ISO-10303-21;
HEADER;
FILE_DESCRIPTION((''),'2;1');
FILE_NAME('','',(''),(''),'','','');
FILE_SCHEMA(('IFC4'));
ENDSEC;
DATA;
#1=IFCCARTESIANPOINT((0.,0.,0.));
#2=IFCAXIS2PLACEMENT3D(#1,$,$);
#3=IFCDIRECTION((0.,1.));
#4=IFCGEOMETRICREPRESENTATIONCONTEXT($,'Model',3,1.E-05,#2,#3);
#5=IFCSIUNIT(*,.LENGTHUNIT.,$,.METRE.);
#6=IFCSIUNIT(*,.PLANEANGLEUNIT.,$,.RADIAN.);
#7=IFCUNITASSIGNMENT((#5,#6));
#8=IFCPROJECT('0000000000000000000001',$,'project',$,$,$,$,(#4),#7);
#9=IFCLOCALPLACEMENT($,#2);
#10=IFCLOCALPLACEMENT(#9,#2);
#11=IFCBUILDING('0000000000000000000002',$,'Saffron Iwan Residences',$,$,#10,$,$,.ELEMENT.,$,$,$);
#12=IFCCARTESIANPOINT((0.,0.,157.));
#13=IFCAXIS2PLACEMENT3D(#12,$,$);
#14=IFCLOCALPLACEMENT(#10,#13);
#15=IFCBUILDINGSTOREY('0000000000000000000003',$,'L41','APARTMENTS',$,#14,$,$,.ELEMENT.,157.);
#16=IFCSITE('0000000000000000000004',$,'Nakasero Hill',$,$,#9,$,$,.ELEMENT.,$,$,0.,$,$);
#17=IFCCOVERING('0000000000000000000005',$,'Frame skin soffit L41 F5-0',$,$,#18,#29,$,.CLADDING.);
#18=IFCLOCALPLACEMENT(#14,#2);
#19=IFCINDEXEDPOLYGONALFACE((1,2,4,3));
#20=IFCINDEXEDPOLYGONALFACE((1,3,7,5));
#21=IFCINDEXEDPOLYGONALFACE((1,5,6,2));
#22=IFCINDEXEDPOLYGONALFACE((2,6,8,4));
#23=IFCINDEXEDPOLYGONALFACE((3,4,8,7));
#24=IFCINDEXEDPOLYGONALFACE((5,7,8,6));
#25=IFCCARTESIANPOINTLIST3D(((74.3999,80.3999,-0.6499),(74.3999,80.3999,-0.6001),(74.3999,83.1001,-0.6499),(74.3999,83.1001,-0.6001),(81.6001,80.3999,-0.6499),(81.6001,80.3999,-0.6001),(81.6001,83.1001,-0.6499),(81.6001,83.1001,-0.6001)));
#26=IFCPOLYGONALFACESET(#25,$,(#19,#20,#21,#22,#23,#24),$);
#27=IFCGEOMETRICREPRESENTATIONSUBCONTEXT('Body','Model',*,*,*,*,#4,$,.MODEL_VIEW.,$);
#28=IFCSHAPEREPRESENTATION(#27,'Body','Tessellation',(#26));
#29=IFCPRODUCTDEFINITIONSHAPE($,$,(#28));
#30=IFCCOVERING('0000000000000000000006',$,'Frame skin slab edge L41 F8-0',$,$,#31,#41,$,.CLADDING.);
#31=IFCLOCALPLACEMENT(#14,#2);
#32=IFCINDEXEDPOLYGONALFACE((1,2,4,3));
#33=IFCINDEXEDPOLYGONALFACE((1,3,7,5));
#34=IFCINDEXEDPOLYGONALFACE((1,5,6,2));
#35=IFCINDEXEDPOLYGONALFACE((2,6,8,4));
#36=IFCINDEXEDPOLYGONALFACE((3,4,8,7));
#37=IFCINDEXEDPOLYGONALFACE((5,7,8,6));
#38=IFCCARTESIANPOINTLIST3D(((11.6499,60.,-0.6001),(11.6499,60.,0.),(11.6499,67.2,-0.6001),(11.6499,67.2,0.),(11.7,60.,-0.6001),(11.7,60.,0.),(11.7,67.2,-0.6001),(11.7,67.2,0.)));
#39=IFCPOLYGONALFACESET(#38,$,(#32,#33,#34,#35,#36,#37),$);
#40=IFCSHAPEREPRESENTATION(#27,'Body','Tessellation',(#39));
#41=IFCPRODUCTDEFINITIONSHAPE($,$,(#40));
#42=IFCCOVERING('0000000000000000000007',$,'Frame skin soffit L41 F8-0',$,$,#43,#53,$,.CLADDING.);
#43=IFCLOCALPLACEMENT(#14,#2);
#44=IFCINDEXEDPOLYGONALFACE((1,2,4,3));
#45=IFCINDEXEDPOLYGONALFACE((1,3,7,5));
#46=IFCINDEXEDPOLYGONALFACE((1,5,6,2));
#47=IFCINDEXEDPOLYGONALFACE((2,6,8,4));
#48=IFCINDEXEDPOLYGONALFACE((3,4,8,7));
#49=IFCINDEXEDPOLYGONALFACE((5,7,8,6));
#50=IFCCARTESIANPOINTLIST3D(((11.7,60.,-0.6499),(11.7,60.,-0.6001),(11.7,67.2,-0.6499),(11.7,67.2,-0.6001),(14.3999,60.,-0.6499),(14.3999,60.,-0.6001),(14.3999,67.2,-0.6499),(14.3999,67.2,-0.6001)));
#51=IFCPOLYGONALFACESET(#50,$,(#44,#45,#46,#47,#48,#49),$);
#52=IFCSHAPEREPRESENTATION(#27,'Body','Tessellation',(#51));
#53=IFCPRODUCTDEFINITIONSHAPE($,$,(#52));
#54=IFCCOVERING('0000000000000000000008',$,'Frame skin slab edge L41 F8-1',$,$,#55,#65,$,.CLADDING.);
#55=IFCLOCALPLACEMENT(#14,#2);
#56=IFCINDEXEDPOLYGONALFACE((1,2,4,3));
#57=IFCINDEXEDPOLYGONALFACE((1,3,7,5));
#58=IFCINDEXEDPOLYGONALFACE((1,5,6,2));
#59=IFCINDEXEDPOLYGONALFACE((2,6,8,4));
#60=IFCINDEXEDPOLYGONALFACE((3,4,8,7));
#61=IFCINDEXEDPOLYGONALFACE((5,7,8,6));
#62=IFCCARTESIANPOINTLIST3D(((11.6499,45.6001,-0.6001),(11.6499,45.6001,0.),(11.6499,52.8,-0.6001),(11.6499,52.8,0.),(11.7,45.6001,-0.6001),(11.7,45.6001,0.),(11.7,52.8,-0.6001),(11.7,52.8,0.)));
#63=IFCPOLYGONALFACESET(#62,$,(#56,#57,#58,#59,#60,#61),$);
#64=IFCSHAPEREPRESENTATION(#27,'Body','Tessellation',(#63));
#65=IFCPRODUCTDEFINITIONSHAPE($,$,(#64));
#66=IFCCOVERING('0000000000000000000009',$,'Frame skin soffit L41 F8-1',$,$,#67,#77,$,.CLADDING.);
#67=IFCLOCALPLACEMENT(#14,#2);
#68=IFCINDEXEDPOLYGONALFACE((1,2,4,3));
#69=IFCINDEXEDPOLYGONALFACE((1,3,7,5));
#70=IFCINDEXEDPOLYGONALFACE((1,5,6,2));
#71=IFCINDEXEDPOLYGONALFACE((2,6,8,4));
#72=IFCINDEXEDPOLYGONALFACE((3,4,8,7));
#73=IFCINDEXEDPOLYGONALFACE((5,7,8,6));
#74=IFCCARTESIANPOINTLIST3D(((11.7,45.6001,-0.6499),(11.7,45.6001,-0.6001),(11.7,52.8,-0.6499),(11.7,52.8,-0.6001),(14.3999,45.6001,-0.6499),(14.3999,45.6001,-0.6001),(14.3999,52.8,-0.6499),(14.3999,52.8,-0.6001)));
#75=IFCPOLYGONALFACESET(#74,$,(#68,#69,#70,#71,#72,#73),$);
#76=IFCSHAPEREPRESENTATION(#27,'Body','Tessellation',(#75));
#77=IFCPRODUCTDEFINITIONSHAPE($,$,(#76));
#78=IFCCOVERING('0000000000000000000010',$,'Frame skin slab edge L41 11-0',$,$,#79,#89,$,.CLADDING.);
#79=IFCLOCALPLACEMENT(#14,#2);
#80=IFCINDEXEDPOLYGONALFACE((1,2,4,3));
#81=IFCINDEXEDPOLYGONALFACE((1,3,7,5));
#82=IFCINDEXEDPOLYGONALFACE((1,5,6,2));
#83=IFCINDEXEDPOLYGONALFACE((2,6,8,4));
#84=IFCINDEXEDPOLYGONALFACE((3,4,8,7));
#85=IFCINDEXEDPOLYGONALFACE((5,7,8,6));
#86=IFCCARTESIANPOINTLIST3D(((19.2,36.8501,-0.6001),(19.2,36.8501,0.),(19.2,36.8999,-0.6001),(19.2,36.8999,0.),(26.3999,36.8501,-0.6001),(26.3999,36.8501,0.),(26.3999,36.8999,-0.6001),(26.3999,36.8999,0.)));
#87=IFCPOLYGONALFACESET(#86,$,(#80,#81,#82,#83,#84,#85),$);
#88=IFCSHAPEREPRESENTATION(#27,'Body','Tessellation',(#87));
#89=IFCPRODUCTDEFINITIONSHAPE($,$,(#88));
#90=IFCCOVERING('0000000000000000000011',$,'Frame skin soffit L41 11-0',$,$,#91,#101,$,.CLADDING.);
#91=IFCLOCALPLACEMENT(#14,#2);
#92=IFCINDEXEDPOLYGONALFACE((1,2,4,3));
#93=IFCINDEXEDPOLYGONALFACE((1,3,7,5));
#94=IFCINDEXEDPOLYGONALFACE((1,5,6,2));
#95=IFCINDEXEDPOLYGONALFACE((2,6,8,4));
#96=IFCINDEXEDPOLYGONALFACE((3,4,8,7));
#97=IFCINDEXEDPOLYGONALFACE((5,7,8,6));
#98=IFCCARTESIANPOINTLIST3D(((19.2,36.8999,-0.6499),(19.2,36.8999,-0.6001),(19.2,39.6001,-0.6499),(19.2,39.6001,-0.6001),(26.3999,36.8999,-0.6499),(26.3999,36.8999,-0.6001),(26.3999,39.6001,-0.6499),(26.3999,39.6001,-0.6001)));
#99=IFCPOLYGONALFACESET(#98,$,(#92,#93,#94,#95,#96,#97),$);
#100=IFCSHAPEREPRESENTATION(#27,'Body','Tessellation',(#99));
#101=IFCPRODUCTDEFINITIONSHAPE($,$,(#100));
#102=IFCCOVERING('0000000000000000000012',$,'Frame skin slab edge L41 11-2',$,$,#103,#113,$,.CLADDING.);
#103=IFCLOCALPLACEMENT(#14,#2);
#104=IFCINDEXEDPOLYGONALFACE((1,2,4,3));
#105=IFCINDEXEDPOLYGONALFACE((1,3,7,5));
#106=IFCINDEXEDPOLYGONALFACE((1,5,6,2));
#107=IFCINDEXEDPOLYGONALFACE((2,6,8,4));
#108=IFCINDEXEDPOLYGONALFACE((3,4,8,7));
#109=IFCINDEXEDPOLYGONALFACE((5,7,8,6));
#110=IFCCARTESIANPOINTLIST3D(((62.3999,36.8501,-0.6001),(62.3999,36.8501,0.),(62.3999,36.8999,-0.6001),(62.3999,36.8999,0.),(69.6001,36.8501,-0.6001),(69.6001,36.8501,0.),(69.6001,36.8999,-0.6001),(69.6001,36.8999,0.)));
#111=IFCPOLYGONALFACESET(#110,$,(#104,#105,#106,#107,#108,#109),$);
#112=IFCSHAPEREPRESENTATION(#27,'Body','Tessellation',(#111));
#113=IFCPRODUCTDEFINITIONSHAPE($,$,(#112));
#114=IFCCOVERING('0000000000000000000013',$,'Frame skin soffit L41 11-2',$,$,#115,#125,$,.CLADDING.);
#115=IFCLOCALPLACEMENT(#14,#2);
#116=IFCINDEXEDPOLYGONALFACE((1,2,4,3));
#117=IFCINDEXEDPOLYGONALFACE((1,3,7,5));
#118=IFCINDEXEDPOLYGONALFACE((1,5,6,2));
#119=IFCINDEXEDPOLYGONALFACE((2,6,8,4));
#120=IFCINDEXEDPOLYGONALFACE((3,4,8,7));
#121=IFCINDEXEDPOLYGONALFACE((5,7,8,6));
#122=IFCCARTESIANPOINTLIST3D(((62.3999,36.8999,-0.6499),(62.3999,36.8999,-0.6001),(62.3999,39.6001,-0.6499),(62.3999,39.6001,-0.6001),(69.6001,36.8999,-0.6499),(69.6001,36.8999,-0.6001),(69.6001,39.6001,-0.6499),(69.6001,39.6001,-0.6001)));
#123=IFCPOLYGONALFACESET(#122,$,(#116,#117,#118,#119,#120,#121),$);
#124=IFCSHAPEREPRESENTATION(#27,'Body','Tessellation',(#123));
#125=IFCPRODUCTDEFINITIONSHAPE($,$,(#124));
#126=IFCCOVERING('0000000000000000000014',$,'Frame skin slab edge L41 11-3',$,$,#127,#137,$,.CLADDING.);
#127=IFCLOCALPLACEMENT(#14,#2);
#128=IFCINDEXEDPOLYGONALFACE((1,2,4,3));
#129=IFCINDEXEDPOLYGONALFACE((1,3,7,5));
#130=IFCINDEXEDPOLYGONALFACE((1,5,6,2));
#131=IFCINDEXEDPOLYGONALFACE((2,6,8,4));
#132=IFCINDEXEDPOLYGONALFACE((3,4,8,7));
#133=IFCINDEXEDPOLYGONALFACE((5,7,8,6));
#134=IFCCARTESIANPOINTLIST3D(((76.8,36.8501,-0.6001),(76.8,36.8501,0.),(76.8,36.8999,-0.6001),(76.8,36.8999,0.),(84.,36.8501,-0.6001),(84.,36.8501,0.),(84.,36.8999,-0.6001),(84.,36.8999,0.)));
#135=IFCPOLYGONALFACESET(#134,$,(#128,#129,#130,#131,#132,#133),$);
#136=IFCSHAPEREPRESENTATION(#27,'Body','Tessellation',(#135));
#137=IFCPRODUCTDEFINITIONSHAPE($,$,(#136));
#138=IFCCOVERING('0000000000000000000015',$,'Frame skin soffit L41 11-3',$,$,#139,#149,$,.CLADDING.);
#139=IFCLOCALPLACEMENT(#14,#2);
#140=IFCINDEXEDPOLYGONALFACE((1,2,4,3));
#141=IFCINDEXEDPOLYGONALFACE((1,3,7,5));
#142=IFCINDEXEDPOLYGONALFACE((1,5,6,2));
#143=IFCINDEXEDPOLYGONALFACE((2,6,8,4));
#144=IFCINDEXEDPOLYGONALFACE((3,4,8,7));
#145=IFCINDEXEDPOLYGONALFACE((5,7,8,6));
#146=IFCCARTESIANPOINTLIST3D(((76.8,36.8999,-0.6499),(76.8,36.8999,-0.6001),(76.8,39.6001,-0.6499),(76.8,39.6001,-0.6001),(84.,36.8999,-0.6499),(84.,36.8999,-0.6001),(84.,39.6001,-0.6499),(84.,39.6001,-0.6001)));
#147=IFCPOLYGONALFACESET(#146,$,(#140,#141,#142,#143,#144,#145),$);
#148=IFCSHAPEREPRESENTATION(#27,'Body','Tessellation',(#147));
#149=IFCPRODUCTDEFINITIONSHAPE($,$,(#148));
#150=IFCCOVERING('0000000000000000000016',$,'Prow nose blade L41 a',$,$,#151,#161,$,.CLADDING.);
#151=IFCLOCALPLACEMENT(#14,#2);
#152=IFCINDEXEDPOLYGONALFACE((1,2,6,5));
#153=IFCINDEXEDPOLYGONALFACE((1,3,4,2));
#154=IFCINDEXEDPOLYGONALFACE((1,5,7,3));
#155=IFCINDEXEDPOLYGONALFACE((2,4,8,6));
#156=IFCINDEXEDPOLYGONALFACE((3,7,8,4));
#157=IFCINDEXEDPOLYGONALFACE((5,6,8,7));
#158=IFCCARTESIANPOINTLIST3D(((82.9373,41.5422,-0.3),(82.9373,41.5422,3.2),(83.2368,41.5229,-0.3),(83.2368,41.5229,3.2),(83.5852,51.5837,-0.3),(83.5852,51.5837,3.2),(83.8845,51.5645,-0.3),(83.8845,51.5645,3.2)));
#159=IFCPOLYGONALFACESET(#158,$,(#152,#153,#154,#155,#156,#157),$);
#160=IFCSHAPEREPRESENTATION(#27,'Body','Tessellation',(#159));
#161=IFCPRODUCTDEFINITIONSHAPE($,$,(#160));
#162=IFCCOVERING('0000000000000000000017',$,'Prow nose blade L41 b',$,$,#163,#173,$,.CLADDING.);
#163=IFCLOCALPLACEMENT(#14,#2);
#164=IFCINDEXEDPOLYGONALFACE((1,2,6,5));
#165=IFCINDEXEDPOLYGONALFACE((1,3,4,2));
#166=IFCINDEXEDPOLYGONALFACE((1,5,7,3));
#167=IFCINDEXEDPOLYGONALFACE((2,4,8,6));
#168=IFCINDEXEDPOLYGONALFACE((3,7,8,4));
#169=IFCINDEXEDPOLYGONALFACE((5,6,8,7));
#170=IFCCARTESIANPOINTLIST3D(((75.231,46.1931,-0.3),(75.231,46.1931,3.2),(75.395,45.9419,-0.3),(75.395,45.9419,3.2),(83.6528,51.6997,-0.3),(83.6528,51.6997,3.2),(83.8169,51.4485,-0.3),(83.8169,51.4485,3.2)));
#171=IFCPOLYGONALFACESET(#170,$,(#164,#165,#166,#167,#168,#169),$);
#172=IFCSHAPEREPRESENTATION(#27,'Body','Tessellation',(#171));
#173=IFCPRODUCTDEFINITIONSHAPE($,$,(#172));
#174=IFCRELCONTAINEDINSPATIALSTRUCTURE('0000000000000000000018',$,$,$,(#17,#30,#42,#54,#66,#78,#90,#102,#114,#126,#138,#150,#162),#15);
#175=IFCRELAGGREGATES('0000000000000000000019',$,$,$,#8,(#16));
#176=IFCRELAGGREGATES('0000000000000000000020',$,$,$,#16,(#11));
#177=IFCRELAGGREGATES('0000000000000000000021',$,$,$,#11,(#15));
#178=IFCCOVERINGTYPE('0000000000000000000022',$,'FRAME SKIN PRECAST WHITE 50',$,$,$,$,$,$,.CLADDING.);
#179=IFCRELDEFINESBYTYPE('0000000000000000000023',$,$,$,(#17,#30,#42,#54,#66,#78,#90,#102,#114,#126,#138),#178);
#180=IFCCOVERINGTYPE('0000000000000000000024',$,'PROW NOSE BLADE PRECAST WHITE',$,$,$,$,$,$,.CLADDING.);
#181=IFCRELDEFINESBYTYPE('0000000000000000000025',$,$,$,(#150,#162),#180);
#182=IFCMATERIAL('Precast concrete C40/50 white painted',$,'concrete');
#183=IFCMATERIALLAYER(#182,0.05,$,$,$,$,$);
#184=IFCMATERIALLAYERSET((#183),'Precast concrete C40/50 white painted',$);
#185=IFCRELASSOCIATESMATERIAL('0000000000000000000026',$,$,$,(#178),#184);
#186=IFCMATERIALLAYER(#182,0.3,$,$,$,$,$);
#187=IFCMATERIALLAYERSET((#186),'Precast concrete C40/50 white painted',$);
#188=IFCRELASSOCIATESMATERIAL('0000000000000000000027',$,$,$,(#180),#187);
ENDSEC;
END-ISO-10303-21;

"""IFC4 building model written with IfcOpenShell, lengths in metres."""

from ifc_helpers import new_model, si_unit, direction, frame, origin, place, context, subcontext, project, spatial, polyline, outline, extrude, material, layer, layer_set, type_object, element, save


model = new_model("IFC4")

# Units and contexts
model_context = context("Model", 3, precision=1e-05, world=origin(), true_north=direction((0.0, 1.0)))
body_context = subcontext(model_context, "Body", "Model", "MODEL_VIEW")
ifc_project = project(units=[si_unit("LENGTHUNIT", "METRE"), si_unit("PLANEANGLEUNIT", "RADIAN")], contexts=[model_context])

# Site, building, storey
site_placement = place(None, origin())
site = spatial("IfcSite", under=ifc_project, at=site_placement, Name="Nakasero Hill", CompositionType="ELEMENT", RefElevation=0.0)
building_placement = place(site_placement, origin())
building = spatial("IfcBuilding", under=site, at=building_placement, Name="Saffron Iwan Residences", CompositionType="ELEMENT")
storey_placement = place(building_placement, frame((0.0, 0.0, 157.0)))
storey = spatial("IfcBuildingStorey", under=building, at=storey_placement, Name="L41", Description="APARTMENTS", CompositionType="ELEMENT", Elevation=157.0)

# Coverings
ifc_material_1 = material(Name="Precast concrete C40/50 white painted", Category="concrete")
ifc_layer_1 = layer(ifc_material_1, 0.05)
ifc_layer_set_1 = layer_set([ifc_layer_1], Name="Precast concrete C40/50 white painted")
covering_type_1 = type_object("IfcCoveringType", Name="FRAME SKIN PRECAST WHITE 50", PredefinedType="CLADDING", material=ifc_layer_set_1)
covering_1_placement = place(storey_placement, frame((0.0, 0.0, -0.6499)))
element("IfcCovering", 1, at=covering_1_placement, inside=storey, type_object=covering_type_1, Name="Frame skin soffit L41 F5-0", PredefinedType="CLADDING", context=body_context, shape_type="SweptSolid", body=[
    extrude(outline(polyline([(81.6001, 83.1001), (74.3999, 83.1001), (74.3999, 80.3999), (81.6001, 80.3999), (81.6001, 83.1001)])), origin(), (0.0, 0.0, 1.0), 0.0498),
])
covering_2_placement = place(storey_placement, frame((0.0, 0.0, -0.6001)))
element("IfcCovering", 2, at=covering_2_placement, inside=storey, type_object=covering_type_1, Name="Frame skin slab edge L41 F8-0", PredefinedType="CLADDING", context=body_context, shape_type="SweptSolid", body=[
    extrude(outline(polyline([(11.6499, 67.2), (11.6499, 60.0), (11.7, 60.0), (11.7, 67.2), (11.6499, 67.2)])), origin(), (0.0, 0.0, 1.0), 0.6001),
])
covering_3_placement = place(storey_placement, frame((0.0, 0.0, -0.6499)))
element("IfcCovering", 3, at=covering_3_placement, inside=storey, type_object=covering_type_1, Name="Frame skin soffit L41 F8-0", PredefinedType="CLADDING", context=body_context, shape_type="SweptSolid", body=[
    extrude(outline(polyline([(11.7, 67.2), (11.7, 60.0), (14.3999, 60.0), (14.3999, 67.2), (11.7, 67.2)])), origin(), (0.0, 0.0, 1.0), 0.0498),
])
covering_4_placement = place(storey_placement, frame((0.0, 0.0, -0.6001)))
element("IfcCovering", 4, at=covering_4_placement, inside=storey, type_object=covering_type_1, Name="Frame skin slab edge L41 F8-1", PredefinedType="CLADDING", context=body_context, shape_type="SweptSolid", body=[
    extrude(outline(polyline([(11.6499, 52.8), (11.6499, 45.6001), (11.7, 45.6001), (11.7, 52.8), (11.6499, 52.8)])), origin(), (0.0, 0.0, 1.0), 0.6001),
])
covering_5_placement = place(storey_placement, frame((0.0, 0.0, -0.6499)))
element("IfcCovering", 5, at=covering_5_placement, inside=storey, type_object=covering_type_1, Name="Frame skin soffit L41 F8-1", PredefinedType="CLADDING", context=body_context, shape_type="SweptSolid", body=[
    extrude(outline(polyline([(11.7, 52.8), (11.7, 45.6001), (14.3999, 45.6001), (14.3999, 52.8), (11.7, 52.8)])), origin(), (0.0, 0.0, 1.0), 0.0498),
])
covering_6_placement = place(storey_placement, frame((0.0, 0.0, -0.6001)))
element("IfcCovering", 6, at=covering_6_placement, inside=storey, type_object=covering_type_1, Name="Frame skin slab edge L41 11-0", PredefinedType="CLADDING", context=body_context, shape_type="SweptSolid", body=[
    extrude(outline(polyline([(19.2, 36.8501), (26.3999, 36.8501), (26.3999, 36.8999), (19.2, 36.8999), (19.2, 36.8501)])), origin(), (0.0, 0.0, 1.0), 0.6001),
])
covering_7_placement = place(storey_placement, frame((0.0, 0.0, -0.6499)))
element("IfcCovering", 7, at=covering_7_placement, inside=storey, type_object=covering_type_1, Name="Frame skin soffit L41 11-0", PredefinedType="CLADDING", context=body_context, shape_type="SweptSolid", body=[
    extrude(outline(polyline([(19.2, 36.8999), (26.3999, 36.8999), (26.3999, 39.6001), (19.2, 39.6001), (19.2, 36.8999)])), origin(), (0.0, 0.0, 1.0), 0.0498),
])
covering_8_placement = place(storey_placement, frame((0.0, 0.0, -0.6001)))
element("IfcCovering", 8, at=covering_8_placement, inside=storey, type_object=covering_type_1, Name="Frame skin slab edge L41 11-2", PredefinedType="CLADDING", context=body_context, shape_type="SweptSolid", body=[
    extrude(outline(polyline([(62.3999, 36.8501), (69.6001, 36.8501), (69.6001, 36.8999), (62.3999, 36.8999), (62.3999, 36.8501)])), origin(), (0.0, 0.0, 1.0), 0.6001),
])
covering_9_placement = place(storey_placement, frame((0.0, 0.0, -0.6499)))
element("IfcCovering", 9, at=covering_9_placement, inside=storey, type_object=covering_type_1, Name="Frame skin soffit L41 11-2", PredefinedType="CLADDING", context=body_context, shape_type="SweptSolid", body=[
    extrude(outline(polyline([(62.3999, 36.8999), (69.6001, 36.8999), (69.6001, 39.6001), (62.3999, 39.6001), (62.3999, 36.8999)])), origin(), (0.0, 0.0, 1.0), 0.0498),
])
covering_10_placement = place(storey_placement, frame((0.0, 0.0, -0.6001)))
element("IfcCovering", 10, at=covering_10_placement, inside=storey, type_object=covering_type_1, Name="Frame skin slab edge L41 11-3", PredefinedType="CLADDING", context=body_context, shape_type="SweptSolid", body=[
    extrude(outline(polyline([(76.8, 36.8501), (84.0, 36.8501), (84.0, 36.8999), (76.8, 36.8999), (76.8, 36.8501)])), origin(), (0.0, 0.0, 1.0), 0.6001),
])
covering_11_placement = place(storey_placement, frame((0.0, 0.0, -0.6499)))
element("IfcCovering", 11, at=covering_11_placement, inside=storey, type_object=covering_type_1, Name="Frame skin soffit L41 11-3", PredefinedType="CLADDING", context=body_context, shape_type="SweptSolid", body=[
    extrude(outline(polyline([(76.8, 36.8999), (84.0, 36.8999), (84.0, 39.6001), (76.8, 39.6001), (76.8, 36.8999)])), origin(), (0.0, 0.0, 1.0), 0.0498),
])
ifc_layer_2 = layer(ifc_material_1, 0.3)
ifc_layer_set_2 = layer_set([ifc_layer_2], Name="Precast concrete C40/50 white painted")
covering_type_2 = type_object("IfcCoveringType", Name="PROW NOSE BLADE PRECAST WHITE", PredefinedType="CLADDING", material=ifc_layer_set_2)
covering_12_placement = place(storey_placement, frame((0.0, 0.0, -0.3)))
element("IfcCovering", 12, at=covering_12_placement, inside=storey, type_object=covering_type_2, Name="Prow nose blade L41 a", PredefinedType="CLADDING", context=body_context, shape_type="SweptSolid", body=[
    extrude(outline(polyline([(83.2368, 41.5229), (83.8845, 51.5645), (83.5852, 51.5837), (82.9373, 41.5422), (83.2368, 41.5229)])), origin(), (0.0, 0.0, 1.0), 3.5),
])
covering_13_placement = place(storey_placement, frame((0.0, 0.0, -0.3)))
element("IfcCovering", 13, at=covering_13_placement, inside=storey, type_object=covering_type_2, Name="Prow nose blade L41 b", PredefinedType="CLADDING", context=body_context, shape_type="SweptSolid", body=[
    extrude(outline(polyline([(75.395, 45.9419), (83.8169, 51.4485), (83.6528, 51.6997), (75.231, 46.1931), (75.395, 45.9419)])), origin(), (0.0, 0.0, 1.0), 3.5),
])

save(model, "model.ifc")
